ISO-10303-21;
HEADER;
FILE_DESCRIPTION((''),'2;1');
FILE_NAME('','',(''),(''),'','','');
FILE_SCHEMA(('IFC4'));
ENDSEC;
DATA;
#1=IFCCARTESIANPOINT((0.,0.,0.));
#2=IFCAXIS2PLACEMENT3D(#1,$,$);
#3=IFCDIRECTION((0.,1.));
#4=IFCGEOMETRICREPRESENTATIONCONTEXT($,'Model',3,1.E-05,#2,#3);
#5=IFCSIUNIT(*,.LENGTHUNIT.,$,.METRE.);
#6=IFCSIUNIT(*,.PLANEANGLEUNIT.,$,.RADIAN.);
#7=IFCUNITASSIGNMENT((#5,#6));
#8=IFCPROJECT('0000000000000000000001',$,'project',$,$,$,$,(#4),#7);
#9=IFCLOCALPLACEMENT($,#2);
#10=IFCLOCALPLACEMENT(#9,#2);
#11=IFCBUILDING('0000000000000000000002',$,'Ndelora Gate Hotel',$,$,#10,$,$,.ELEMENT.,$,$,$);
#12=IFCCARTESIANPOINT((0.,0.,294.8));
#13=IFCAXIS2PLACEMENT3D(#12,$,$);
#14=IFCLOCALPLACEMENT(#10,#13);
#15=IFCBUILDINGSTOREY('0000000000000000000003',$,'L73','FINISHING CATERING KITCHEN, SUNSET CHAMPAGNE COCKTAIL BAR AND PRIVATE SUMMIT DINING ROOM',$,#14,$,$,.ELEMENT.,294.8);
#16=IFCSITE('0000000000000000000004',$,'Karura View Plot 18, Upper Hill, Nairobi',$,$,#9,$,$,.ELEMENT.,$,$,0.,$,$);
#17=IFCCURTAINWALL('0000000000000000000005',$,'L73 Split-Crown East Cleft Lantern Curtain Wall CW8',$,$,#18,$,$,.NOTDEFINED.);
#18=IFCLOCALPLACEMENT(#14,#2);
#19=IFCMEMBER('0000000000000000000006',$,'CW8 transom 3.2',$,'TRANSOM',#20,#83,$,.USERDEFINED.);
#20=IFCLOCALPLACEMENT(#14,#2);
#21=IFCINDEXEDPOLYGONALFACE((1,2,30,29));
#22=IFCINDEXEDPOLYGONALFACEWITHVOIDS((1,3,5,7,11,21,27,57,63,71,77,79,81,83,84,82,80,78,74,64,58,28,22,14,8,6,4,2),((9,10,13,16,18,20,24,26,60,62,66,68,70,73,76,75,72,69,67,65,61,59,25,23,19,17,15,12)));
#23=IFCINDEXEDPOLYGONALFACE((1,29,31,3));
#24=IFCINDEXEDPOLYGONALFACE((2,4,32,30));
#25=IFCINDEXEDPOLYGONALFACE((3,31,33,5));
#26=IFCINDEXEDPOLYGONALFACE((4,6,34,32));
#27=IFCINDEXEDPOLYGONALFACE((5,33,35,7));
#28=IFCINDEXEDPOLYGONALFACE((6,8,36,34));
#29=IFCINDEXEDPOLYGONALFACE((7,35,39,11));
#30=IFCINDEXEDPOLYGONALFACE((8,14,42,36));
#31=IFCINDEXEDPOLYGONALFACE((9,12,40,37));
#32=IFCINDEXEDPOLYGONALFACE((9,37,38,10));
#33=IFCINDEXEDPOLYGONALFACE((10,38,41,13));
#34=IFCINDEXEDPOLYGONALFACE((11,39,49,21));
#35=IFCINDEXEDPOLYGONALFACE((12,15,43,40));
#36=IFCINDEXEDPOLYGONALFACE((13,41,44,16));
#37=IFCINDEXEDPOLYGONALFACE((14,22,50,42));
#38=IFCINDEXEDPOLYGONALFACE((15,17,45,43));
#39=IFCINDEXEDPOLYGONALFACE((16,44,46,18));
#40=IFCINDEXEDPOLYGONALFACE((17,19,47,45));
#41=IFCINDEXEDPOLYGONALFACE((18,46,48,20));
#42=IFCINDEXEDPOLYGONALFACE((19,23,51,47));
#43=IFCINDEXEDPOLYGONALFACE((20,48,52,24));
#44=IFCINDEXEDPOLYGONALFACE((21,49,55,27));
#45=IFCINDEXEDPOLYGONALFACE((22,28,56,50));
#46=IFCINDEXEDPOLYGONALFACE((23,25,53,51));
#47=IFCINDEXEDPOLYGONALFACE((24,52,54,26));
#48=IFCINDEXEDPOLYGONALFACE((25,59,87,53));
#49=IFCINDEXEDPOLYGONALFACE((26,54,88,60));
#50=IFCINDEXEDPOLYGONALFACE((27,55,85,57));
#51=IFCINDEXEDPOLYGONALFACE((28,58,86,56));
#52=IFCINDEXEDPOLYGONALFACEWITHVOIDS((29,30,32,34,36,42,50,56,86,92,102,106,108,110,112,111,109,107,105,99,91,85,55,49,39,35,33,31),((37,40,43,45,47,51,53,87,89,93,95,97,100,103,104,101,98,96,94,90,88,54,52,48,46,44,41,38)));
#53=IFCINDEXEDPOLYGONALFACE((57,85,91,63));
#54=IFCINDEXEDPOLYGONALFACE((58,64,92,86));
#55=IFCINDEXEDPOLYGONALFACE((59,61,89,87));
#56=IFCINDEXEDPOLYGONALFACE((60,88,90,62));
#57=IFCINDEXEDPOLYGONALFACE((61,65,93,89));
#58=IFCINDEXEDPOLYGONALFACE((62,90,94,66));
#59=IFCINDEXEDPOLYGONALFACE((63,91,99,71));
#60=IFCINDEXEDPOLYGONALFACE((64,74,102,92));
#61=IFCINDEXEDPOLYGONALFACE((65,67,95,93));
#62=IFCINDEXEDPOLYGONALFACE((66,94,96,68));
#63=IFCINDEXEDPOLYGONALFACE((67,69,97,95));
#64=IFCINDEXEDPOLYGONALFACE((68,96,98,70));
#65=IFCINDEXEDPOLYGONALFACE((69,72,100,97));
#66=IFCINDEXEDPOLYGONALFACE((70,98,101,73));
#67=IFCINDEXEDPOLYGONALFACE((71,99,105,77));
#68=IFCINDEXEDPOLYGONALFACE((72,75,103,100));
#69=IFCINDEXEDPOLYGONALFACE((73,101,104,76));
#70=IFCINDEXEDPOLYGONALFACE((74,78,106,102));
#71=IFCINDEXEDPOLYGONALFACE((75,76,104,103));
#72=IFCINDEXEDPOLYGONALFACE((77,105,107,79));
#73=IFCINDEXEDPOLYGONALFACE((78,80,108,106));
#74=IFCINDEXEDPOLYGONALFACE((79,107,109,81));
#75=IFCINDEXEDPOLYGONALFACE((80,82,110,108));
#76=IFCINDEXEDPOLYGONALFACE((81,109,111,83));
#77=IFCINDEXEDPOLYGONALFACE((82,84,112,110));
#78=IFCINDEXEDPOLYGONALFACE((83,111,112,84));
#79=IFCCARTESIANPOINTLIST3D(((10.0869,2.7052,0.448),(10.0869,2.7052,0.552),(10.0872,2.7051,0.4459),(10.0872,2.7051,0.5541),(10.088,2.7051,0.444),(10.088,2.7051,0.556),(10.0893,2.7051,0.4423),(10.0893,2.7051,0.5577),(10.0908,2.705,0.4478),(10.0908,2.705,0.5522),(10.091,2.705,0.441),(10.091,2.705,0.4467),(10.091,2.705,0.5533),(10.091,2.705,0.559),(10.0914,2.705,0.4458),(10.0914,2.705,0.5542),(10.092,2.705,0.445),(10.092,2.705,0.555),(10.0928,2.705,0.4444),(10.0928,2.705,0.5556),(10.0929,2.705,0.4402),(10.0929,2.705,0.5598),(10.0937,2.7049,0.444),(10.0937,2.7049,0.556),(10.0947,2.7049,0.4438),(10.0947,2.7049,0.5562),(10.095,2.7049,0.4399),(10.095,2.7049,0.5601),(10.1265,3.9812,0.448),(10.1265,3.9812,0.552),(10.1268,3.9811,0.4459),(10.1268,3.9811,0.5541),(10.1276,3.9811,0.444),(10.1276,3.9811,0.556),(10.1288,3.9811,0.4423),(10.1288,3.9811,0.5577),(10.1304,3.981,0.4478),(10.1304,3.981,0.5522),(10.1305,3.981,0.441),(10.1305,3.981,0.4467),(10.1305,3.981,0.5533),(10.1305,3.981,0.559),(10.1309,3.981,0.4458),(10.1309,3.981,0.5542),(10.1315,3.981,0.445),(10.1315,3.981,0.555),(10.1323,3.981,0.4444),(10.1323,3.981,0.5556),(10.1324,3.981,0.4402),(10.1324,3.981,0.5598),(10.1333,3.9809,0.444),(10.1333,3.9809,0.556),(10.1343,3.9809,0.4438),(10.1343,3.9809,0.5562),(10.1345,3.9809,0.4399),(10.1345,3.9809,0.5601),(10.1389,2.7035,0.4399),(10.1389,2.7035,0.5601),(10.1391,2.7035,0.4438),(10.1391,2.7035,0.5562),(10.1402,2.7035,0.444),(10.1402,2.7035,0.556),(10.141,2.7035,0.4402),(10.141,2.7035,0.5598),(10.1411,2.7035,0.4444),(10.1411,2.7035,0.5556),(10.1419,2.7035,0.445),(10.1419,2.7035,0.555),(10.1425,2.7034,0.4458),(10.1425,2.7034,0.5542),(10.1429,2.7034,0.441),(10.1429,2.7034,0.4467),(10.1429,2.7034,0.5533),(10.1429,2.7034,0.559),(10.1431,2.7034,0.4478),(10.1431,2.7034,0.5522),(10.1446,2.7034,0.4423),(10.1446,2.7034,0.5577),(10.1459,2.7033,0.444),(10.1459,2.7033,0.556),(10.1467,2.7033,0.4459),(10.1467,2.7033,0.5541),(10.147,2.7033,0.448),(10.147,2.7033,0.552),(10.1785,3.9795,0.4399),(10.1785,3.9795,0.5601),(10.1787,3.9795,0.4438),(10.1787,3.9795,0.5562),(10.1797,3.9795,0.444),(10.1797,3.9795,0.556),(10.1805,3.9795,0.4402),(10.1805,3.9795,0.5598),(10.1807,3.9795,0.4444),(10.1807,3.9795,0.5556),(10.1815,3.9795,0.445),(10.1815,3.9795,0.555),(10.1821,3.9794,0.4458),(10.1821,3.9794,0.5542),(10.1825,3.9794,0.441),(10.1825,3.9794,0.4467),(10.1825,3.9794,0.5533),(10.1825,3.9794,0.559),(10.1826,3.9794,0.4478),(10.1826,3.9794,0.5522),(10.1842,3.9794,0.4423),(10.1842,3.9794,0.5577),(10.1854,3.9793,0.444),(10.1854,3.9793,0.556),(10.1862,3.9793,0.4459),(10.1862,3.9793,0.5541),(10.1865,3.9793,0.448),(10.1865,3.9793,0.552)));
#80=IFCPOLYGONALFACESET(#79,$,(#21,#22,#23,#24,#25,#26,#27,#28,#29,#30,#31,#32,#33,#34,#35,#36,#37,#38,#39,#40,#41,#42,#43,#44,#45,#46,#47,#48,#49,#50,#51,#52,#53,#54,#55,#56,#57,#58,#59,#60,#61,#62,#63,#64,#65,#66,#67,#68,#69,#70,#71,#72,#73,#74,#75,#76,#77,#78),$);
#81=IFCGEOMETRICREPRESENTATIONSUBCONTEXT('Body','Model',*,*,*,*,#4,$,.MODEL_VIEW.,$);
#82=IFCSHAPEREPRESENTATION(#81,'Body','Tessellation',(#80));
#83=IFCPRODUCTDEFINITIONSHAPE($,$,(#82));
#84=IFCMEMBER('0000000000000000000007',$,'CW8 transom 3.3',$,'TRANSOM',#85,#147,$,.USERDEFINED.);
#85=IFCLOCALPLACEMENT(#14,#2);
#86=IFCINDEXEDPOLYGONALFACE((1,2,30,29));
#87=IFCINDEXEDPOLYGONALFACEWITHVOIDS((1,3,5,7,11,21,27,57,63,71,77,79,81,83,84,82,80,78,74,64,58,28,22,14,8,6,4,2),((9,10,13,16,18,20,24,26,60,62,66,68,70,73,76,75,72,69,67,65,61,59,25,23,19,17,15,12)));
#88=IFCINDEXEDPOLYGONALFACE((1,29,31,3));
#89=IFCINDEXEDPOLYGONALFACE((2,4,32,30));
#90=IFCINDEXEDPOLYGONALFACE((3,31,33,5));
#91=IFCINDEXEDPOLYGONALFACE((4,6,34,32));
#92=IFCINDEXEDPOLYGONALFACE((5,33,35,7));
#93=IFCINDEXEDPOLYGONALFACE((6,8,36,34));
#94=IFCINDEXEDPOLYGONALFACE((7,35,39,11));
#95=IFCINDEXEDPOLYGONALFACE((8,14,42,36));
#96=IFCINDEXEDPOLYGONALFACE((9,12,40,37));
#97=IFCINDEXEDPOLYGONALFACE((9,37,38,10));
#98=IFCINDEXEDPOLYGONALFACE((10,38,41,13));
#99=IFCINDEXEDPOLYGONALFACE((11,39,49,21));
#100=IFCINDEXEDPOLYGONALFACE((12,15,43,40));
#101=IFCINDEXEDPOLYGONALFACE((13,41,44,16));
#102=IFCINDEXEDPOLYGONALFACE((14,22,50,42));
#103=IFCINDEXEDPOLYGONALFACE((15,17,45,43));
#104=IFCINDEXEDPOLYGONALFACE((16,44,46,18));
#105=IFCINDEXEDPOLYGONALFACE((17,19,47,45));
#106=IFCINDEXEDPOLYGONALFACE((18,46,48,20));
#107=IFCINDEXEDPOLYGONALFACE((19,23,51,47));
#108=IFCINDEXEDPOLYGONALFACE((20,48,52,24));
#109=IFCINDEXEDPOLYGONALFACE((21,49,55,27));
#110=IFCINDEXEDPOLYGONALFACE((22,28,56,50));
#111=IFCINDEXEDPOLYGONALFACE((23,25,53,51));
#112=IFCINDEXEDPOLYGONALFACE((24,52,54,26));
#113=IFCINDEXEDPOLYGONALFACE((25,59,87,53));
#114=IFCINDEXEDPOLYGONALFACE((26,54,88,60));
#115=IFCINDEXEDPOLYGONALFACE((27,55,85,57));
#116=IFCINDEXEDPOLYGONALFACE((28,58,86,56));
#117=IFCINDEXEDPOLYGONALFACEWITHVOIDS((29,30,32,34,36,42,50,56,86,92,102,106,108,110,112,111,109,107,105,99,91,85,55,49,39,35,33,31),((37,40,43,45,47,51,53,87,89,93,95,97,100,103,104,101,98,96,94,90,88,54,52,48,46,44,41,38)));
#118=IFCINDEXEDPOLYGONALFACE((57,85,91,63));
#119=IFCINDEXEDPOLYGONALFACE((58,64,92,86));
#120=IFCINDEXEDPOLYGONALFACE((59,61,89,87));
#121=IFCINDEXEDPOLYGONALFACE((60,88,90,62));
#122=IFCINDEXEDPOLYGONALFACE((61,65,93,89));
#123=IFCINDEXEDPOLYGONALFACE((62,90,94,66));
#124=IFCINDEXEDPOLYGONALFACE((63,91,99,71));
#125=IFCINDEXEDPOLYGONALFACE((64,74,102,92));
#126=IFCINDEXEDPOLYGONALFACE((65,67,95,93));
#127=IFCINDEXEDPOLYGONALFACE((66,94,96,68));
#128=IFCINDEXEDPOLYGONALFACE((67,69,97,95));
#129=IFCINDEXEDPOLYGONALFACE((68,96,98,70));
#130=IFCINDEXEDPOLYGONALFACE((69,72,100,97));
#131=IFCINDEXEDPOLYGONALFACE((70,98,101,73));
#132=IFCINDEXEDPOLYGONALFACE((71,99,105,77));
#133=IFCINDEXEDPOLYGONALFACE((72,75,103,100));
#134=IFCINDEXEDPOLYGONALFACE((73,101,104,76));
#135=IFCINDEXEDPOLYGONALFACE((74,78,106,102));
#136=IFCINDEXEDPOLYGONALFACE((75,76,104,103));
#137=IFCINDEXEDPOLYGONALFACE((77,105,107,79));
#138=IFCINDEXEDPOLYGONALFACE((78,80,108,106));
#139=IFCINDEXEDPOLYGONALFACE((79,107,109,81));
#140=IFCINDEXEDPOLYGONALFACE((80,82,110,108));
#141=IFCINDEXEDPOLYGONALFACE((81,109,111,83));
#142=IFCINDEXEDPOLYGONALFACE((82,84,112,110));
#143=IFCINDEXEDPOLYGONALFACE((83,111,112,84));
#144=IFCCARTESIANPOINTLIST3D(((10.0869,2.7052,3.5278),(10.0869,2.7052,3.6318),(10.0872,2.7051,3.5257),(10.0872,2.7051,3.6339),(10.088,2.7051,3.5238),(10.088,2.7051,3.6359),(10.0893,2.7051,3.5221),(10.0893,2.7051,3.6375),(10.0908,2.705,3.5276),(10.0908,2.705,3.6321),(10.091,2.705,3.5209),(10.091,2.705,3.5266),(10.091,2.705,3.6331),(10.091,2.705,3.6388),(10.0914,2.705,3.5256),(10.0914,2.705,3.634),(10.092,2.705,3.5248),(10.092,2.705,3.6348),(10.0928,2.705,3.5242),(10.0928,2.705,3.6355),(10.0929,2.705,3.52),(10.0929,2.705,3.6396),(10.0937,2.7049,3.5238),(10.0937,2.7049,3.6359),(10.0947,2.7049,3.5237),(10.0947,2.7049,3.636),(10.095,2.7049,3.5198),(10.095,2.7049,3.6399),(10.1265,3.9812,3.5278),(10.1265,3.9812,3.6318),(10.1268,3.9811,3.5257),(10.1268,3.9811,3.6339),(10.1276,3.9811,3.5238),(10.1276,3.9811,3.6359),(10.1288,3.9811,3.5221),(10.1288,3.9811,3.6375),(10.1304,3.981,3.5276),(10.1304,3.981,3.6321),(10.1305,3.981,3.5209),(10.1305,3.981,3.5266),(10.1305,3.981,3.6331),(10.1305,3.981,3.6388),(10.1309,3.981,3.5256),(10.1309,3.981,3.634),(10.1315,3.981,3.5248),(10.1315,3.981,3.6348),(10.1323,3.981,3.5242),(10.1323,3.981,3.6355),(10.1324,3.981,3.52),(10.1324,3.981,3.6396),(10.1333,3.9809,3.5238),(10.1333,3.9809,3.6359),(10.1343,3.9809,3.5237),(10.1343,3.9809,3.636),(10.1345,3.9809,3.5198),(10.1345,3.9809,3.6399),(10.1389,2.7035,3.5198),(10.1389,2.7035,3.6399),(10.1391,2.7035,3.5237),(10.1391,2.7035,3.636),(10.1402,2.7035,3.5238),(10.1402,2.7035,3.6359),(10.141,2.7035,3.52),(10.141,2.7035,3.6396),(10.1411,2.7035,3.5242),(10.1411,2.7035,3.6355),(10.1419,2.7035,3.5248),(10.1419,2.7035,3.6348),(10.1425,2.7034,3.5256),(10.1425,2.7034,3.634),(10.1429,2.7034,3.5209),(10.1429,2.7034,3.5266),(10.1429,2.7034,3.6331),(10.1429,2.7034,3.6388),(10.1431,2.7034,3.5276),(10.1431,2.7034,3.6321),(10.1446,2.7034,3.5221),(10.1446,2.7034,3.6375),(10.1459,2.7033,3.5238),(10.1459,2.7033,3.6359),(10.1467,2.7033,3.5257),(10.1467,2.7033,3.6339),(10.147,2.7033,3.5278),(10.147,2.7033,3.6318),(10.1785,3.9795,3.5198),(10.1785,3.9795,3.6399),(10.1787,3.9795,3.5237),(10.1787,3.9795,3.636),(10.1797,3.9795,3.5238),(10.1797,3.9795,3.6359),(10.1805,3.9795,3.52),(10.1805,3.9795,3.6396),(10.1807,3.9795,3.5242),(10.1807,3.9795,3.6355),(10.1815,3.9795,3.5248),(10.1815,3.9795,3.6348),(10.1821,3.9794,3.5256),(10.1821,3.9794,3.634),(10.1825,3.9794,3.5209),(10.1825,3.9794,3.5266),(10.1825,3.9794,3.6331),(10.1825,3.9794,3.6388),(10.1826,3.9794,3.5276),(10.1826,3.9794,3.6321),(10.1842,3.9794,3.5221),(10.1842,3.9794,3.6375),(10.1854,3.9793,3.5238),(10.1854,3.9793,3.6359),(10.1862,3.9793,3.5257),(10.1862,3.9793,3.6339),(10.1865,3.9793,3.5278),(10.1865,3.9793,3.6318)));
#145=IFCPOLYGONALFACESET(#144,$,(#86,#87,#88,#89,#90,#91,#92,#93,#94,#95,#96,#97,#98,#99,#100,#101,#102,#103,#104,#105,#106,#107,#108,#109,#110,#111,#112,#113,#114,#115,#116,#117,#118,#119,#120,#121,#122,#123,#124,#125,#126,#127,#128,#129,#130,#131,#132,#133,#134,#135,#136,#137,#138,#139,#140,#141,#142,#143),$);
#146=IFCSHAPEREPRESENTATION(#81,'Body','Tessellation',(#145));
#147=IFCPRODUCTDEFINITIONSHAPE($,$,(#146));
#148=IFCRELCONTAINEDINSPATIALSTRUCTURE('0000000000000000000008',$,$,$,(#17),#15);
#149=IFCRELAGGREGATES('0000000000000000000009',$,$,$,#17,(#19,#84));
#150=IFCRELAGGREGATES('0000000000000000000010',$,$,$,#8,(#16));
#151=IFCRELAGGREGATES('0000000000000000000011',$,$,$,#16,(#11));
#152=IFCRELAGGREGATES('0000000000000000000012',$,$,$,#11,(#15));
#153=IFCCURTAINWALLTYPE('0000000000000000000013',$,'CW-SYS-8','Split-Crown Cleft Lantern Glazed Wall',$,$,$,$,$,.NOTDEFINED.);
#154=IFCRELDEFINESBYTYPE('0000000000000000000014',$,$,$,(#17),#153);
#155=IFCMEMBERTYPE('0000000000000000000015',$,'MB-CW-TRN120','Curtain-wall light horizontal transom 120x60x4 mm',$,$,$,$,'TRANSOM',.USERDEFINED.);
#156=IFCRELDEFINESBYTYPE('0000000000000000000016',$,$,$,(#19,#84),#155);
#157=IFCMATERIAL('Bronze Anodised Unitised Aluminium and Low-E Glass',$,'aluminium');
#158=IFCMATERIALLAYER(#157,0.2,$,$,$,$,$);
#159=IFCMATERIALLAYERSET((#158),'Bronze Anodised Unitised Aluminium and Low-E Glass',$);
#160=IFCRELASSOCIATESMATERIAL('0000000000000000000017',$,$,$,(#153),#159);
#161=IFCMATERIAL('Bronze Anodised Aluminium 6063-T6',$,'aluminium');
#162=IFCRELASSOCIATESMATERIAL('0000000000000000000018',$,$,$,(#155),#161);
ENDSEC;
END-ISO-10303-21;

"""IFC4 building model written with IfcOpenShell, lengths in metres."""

from ifc_helpers import new_model, si_unit, direction, frame, origin, origin_2d, place, context, subcontext, project, spatial, hollow_rectangle, extrude, material, layer, layer_set, material_profile, profile_set, type_object, element, aggregate, save


model = new_model("IFC4")

# Units and contexts
model_context = context("Model", 3, precision=1e-05, world=origin(), true_north=direction((0.0, 1.0)))
body_context = subcontext(model_context, "Body", "Model", "MODEL_VIEW")
ifc_project = project(units=[si_unit("LENGTHUNIT", "METRE"), si_unit("PLANEANGLEUNIT", "RADIAN")], contexts=[model_context])

# Site, building, storey
site_placement = place(None, origin())
site = spatial("IfcSite", under=ifc_project, at=site_placement, Name="Karura View Plot 18, Upper Hill, Nairobi", CompositionType="ELEMENT", RefElevation=0.0)
building_placement = place(site_placement, origin())
building = spatial("IfcBuilding", under=site, at=building_placement, Name="Ndelora Gate Hotel", CompositionType="ELEMENT")
storey_placement = place(building_placement, frame((0.0, 0.0, 294.8)))
storey = spatial("IfcBuildingStorey", under=building, at=storey_placement, Name="L73", Description="FINISHING CATERING KITCHEN, SUNSET CHAMPAGNE COCKTAIL BAR AND PRIVATE SUMMIT DINING ROOM", CompositionType="ELEMENT", Elevation=294.8)

# Curtain wall
ifc_material_1 = material(Name="Bronze Anodised Unitised Aluminium and Low-E Glass", Category="aluminium")
ifc_layer_1 = layer(ifc_material_1, 0.2)
ifc_layer_set_1 = layer_set([ifc_layer_1], Name="Bronze Anodised Unitised Aluminium and Low-E Glass")
curtain_wall_type = type_object("IfcCurtainWallType", Name="CW-SYS-8", Description="Split-Crown Cleft Lantern Glazed Wall", PredefinedType="NOTDEFINED", material=ifc_layer_set_1)
ifc_material_2 = material(Name="Bronze Anodised Aluminium 6063-T6", Category="aluminium")
curtain_wall_1_placement = place(storey_placement, origin())
curtain_wall_1 = element("IfcCurtainWall", 1, at=curtain_wall_1_placement, inside=storey, type_object=curtain_wall_type, Name="L73 Split-Crown East Cleft Lantern Curtain Wall CW8", PredefinedType="NOTDEFINED")

# Members
ifc_material_profile_1 = material_profile(ifc_material_2, hollow_rectangle(XDim=0.0601, YDim=0.1201, WallThickness=0.0039, InnerFilletRadius=0.0039, OuterFilletRadius=0.0081, at=origin_2d()), Name="ALU 120x60x4")
ifc_profile_set_1 = profile_set([ifc_material_profile_1], Name="Bronze Anodised Aluminium 6063-T6")
member_type_1 = type_object("IfcMemberType", Name="MB-CW-TRN120", Description="Curtain-wall light horizontal transom 120x60x4 mm", ElementType="TRANSOM", PredefinedType="USERDEFINED", material=ifc_profile_set_1)
member_1_placement = place(storey_placement, frame((10.1565, 3.9802, 0.5), z_axis=(-0.030984, -0.99952, 0.0), x_axis=(0.99952, -0.030984, 0.0)))
member_1 = element("IfcMember", 2, at=member_1_placement, type_object=member_type_1, Name="CW8 transom 3.2", ObjectType="TRANSOM", PredefinedType="USERDEFINED", context=body_context, shape_type="SweptSolid", body=[
    extrude(hollow_rectangle(XDim=0.0601, YDim=0.1201, WallThickness=0.0039, InnerFilletRadius=0.0039, OuterFilletRadius=0.0081, at=origin_2d()), origin(), (0.0, 0.0, 1.0), 1.2766),
])
member_2_placement = place(storey_placement, frame((10.1565, 3.9802, 3.5798), z_axis=(-0.030984, -0.99952, 0.0), x_axis=(0.99952, -0.030984, 0.0)))
member_2 = element("IfcMember", 3, at=member_2_placement, type_object=member_type_1, Name="CW8 transom 3.3", ObjectType="TRANSOM", PredefinedType="USERDEFINED", context=body_context, shape_type="SweptSolid", body=[
    extrude(hollow_rectangle(XDim=0.0601, YDim=0.1201, WallThickness=0.0039, InnerFilletRadius=0.0039, OuterFilletRadius=0.0081, at=origin_2d()), origin(), (0.0, 0.0, 1.0), 1.2766),
])

aggregate(curtain_wall_1, [member_1, member_2])

save(model, "model.ifc")
